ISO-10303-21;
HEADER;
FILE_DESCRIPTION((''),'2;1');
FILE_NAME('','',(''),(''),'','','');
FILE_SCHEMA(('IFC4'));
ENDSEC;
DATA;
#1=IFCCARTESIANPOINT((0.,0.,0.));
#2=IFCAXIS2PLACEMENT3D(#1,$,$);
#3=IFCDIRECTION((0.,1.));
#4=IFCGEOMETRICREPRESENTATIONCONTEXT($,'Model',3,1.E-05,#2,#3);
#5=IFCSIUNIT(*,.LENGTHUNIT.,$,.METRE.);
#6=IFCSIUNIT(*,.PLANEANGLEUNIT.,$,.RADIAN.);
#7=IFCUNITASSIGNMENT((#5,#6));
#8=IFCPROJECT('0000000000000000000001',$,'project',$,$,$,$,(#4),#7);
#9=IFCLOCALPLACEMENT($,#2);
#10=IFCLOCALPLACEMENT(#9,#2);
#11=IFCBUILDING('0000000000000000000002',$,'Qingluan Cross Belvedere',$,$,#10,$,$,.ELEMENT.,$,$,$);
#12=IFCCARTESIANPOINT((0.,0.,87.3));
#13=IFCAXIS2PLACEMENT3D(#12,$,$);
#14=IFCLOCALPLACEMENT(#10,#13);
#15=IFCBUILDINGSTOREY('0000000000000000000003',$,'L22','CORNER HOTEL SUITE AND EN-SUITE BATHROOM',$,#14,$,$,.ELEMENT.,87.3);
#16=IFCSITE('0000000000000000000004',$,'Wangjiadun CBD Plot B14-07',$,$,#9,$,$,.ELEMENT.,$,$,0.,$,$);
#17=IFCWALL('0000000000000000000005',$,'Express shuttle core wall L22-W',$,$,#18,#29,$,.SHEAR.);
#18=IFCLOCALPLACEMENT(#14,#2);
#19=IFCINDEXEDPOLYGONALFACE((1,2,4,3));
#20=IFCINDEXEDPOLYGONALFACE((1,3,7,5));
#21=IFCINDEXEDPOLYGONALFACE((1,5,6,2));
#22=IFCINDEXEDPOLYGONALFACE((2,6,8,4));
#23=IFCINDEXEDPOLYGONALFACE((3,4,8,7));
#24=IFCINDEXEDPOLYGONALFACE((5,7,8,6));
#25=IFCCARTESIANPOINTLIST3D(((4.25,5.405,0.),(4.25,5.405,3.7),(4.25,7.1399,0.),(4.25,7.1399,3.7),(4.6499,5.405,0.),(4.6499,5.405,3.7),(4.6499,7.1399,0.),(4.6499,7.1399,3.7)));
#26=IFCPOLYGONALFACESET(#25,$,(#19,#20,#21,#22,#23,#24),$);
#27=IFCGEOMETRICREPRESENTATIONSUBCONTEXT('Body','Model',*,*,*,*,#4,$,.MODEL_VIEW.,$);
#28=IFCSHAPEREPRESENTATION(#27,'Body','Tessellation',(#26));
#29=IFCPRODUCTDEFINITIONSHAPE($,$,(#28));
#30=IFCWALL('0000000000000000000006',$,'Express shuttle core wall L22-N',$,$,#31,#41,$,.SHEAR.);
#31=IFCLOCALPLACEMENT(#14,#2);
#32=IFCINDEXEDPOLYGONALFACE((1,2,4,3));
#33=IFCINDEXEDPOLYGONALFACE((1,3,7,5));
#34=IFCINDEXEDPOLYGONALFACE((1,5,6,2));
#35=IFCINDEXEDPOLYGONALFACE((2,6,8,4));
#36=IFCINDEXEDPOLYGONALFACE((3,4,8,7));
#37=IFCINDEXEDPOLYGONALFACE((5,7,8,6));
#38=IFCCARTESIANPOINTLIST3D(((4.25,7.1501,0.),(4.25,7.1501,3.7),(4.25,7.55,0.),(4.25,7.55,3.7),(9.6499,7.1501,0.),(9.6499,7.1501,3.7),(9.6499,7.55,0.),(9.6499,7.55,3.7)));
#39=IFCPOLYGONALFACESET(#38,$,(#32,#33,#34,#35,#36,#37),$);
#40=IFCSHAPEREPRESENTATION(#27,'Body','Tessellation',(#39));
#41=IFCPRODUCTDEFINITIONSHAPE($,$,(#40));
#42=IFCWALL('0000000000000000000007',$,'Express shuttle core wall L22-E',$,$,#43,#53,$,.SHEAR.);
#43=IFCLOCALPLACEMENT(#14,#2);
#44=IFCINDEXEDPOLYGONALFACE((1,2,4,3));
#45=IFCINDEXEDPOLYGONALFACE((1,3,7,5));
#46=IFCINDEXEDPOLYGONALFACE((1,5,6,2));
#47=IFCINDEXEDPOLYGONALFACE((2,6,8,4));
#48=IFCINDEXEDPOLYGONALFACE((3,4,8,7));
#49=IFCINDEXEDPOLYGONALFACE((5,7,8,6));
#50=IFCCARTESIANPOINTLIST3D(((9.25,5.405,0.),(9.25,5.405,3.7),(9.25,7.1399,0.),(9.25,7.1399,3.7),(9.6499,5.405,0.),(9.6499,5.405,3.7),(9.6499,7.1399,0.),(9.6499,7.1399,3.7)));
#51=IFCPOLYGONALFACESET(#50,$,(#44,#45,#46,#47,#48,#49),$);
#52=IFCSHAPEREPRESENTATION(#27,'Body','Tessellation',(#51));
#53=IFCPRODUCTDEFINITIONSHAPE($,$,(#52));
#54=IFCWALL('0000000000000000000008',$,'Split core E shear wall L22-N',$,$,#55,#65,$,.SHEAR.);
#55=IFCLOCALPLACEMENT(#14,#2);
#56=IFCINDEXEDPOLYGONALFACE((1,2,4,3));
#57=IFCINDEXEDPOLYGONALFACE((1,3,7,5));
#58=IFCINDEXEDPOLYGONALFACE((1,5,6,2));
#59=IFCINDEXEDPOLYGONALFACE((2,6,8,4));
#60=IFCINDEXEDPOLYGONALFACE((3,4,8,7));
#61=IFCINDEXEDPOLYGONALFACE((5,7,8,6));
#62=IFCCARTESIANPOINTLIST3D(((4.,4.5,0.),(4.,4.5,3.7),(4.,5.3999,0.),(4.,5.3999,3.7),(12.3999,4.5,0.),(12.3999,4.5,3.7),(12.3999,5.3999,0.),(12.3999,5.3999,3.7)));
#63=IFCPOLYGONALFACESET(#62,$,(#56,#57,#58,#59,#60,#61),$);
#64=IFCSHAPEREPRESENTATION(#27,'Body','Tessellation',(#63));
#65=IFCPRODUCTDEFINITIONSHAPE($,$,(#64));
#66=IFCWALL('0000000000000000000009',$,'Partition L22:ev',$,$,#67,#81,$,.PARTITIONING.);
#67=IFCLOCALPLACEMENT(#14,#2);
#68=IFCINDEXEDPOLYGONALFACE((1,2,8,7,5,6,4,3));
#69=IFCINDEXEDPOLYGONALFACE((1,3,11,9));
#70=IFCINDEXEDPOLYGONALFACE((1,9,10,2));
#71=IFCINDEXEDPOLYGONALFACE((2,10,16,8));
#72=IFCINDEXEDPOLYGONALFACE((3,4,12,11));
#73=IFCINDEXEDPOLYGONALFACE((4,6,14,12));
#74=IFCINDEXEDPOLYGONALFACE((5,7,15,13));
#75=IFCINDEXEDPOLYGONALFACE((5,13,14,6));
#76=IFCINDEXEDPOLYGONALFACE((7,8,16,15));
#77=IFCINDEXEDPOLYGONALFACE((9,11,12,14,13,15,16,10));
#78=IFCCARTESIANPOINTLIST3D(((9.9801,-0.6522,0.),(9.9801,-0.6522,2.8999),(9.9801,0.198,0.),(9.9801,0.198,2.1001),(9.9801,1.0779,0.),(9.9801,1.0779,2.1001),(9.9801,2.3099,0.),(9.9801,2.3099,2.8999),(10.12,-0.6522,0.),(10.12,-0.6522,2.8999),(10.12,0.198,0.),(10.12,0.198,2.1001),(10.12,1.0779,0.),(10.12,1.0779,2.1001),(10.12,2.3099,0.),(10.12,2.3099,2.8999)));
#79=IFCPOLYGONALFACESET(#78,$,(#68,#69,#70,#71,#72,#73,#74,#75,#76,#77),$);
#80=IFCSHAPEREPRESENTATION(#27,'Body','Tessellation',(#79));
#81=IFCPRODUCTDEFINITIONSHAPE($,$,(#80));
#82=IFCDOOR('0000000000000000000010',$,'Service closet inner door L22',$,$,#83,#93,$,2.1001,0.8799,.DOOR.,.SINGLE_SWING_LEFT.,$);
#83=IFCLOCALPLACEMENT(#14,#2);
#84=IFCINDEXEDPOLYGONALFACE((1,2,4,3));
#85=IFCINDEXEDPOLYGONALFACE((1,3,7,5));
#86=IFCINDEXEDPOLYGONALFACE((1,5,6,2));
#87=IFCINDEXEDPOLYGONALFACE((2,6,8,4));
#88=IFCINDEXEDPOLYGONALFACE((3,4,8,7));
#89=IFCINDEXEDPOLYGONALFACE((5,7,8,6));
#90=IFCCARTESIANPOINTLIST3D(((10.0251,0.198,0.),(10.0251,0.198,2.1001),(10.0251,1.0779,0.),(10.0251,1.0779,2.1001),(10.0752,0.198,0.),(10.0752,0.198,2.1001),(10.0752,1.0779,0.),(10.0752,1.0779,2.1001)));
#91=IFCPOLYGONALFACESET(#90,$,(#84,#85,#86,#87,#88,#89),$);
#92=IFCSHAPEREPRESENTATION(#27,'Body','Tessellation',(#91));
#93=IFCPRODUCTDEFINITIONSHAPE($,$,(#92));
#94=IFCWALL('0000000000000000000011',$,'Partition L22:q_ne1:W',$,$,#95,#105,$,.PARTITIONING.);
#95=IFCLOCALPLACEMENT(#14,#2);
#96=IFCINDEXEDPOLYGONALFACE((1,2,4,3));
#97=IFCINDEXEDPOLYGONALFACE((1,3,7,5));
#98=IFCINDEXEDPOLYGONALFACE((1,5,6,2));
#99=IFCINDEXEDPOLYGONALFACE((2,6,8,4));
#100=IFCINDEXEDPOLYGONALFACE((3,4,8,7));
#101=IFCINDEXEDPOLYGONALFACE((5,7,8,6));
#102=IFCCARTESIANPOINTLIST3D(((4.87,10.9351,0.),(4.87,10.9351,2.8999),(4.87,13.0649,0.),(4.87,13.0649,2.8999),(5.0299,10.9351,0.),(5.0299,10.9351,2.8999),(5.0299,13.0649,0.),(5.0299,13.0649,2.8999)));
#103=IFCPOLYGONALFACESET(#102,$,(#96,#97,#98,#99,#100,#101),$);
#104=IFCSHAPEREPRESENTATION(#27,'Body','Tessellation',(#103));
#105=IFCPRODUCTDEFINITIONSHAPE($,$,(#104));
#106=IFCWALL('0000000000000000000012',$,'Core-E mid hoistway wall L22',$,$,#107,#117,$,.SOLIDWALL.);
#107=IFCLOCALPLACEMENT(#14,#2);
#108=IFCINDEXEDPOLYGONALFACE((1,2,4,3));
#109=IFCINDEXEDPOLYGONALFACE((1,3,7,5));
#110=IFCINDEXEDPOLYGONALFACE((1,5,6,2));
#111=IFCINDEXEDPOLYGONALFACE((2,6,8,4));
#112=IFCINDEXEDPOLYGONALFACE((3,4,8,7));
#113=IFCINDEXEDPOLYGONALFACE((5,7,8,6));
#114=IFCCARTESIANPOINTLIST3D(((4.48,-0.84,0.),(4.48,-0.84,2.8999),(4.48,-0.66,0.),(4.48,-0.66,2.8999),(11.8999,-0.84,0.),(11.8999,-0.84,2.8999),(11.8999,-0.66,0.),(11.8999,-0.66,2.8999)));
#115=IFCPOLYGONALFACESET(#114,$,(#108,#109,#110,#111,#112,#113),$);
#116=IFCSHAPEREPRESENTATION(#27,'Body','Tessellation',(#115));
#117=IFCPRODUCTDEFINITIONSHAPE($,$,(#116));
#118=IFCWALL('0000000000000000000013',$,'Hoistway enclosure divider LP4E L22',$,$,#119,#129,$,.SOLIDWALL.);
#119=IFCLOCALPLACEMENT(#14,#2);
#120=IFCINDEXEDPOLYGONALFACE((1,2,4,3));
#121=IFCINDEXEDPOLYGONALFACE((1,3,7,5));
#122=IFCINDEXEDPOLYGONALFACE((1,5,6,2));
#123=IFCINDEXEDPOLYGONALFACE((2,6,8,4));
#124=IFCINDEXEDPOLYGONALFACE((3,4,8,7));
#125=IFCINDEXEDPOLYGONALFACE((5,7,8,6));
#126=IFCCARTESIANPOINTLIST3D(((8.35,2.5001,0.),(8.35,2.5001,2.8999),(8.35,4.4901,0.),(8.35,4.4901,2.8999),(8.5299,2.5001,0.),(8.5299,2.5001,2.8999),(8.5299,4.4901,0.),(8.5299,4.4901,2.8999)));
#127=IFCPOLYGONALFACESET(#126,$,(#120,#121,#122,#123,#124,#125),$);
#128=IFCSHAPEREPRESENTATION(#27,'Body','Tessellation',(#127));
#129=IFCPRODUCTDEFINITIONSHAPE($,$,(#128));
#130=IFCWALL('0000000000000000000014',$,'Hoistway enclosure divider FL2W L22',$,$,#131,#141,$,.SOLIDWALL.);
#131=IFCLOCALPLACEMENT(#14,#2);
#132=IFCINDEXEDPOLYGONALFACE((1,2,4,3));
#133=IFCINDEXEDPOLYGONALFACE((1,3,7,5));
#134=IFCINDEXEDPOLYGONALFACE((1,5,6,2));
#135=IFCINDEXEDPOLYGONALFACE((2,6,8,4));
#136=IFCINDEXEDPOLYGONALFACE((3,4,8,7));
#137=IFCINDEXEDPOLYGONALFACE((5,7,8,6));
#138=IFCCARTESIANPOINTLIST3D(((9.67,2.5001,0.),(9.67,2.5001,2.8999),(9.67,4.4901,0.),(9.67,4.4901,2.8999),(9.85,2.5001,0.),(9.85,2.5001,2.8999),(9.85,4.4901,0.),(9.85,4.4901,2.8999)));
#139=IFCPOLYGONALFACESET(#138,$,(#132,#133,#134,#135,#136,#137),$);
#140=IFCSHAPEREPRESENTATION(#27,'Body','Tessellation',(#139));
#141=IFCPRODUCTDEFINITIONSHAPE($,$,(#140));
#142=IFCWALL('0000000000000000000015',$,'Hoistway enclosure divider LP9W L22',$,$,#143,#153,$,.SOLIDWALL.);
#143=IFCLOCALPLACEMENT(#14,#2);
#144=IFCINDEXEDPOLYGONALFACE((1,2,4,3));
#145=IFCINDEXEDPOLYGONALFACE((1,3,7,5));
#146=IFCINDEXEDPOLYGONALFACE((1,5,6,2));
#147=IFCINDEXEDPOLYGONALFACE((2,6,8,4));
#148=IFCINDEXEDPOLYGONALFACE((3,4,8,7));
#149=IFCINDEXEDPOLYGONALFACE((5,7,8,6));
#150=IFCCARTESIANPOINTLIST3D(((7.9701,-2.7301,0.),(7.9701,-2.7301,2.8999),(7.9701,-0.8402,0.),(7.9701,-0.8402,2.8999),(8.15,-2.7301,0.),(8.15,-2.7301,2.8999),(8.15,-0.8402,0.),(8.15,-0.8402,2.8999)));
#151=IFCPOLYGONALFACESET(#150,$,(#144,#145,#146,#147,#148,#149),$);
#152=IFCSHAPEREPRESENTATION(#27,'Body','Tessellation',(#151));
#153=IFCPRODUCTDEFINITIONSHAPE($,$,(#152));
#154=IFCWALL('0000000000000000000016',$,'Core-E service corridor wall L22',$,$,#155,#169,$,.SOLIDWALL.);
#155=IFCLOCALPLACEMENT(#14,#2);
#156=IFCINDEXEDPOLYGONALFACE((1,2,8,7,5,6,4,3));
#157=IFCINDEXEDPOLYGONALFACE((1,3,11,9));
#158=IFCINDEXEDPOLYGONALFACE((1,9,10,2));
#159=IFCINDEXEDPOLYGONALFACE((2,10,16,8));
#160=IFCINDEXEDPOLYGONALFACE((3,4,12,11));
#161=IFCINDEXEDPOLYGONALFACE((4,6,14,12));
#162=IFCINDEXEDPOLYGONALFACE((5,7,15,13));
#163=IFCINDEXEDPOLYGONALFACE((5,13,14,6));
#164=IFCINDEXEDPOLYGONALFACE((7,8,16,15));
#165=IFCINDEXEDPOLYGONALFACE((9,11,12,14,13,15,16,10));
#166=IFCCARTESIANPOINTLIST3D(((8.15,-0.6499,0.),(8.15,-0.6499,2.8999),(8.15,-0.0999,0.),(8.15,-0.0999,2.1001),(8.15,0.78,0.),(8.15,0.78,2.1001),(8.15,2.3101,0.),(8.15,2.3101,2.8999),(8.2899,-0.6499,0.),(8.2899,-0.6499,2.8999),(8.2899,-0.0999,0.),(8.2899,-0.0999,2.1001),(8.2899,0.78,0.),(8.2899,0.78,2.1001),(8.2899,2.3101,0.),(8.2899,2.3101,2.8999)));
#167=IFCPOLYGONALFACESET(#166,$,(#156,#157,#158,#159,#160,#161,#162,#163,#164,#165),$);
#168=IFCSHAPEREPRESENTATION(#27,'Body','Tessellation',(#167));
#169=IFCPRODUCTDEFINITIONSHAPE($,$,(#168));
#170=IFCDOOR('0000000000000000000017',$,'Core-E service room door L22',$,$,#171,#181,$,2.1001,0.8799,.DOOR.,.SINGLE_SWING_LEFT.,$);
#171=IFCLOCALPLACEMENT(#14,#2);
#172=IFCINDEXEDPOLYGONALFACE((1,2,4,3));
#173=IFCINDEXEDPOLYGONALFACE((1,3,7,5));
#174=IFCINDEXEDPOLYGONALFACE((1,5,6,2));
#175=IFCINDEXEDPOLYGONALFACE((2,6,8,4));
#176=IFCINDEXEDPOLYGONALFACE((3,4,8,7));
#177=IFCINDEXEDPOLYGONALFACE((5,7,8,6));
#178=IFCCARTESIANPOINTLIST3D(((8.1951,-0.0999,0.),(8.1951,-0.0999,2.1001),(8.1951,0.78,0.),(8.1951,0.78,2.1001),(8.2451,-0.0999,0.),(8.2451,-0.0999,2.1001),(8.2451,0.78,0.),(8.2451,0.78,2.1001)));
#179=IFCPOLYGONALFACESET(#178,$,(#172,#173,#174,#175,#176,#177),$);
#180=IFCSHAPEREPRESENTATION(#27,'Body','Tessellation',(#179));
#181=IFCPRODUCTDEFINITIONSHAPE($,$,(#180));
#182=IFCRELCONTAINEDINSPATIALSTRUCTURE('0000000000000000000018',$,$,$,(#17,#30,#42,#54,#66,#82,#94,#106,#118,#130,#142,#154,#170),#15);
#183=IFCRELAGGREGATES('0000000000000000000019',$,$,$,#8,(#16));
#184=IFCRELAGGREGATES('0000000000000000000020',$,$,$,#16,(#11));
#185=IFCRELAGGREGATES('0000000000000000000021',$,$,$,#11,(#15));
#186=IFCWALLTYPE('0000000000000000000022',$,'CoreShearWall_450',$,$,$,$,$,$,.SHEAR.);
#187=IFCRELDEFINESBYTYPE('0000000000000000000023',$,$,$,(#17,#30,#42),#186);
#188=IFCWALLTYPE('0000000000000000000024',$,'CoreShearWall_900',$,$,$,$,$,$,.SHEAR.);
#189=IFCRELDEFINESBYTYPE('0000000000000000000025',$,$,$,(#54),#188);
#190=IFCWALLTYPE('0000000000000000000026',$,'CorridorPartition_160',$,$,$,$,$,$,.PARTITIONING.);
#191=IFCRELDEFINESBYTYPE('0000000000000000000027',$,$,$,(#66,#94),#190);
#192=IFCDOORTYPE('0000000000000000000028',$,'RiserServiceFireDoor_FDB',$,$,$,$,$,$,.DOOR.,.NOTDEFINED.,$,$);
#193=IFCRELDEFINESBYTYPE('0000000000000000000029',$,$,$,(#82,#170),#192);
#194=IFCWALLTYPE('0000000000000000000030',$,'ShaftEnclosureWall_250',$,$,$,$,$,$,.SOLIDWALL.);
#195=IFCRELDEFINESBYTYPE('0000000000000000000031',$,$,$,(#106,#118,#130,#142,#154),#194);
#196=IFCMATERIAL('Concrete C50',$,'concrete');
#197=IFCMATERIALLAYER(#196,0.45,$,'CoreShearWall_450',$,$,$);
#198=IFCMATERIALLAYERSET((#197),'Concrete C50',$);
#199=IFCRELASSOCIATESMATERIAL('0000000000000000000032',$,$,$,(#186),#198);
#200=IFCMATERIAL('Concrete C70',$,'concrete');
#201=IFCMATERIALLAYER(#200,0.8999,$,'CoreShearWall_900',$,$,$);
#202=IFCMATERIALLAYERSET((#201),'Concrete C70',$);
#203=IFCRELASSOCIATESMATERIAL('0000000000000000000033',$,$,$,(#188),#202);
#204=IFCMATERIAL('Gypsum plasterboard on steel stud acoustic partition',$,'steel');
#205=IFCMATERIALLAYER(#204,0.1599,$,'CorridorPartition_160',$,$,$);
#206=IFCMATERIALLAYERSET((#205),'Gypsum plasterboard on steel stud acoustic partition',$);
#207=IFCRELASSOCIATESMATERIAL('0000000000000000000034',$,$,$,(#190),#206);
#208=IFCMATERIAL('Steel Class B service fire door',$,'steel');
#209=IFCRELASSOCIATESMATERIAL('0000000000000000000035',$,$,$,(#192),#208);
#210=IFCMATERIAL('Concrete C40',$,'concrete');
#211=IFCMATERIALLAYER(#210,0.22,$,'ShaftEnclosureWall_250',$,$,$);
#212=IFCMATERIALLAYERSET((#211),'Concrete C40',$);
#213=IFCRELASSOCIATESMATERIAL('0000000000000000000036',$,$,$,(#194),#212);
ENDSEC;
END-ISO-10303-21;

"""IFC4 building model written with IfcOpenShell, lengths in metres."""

from ifc_helpers import new_model, si_unit, direction, frame, frame_2d, origin, place, context, subcontext, project, spatial, rectangle, extrude, material, layer, layer_set, type_object, element, fill, save


model = new_model("IFC4")

# Units and contexts
model_context = context("Model", 3, precision=1e-05, world=origin(), true_north=direction((0.0, 1.0)))
body_context = subcontext(model_context, "Body", "Model", "MODEL_VIEW")
ifc_project = project(units=[si_unit("LENGTHUNIT", "METRE"), si_unit("PLANEANGLEUNIT", "RADIAN")], contexts=[model_context])

# Site, building, storey
site_placement = place(None, origin())
site = spatial("IfcSite", under=ifc_project, at=site_placement, Name="Wangjiadun CBD Plot B14-07", CompositionType="ELEMENT", RefElevation=0.0)
building_placement = place(site_placement, origin())
building = spatial("IfcBuilding", under=site, at=building_placement, Name="Qingluan Cross Belvedere", CompositionType="ELEMENT")
storey_placement = place(building_placement, frame((0.0, 0.0, 87.3)))
storey = spatial("IfcBuildingStorey", under=building, at=storey_placement, Name="L22", Description="CORNER HOTEL SUITE AND EN-SUITE BATHROOM", CompositionType="ELEMENT", Elevation=87.3)

# Walls
ifc_material_1 = material(Name="Concrete C50", Category="concrete")
ifc_layer_1 = layer(ifc_material_1, 0.45, Name="CoreShearWall_450")
ifc_layer_set_1 = layer_set([ifc_layer_1], Name="Concrete C50")
wall_type_1 = type_object("IfcWallType", Name="CoreShearWall_450", PredefinedType="SHEAR", material=ifc_layer_set_1)
wall_1_placement = place(storey_placement, frame((4.45, 5.405, 0.0), z_axis=(0.0, 0.0, 1.0), x_axis=(0.0, 1.0, 0.0)))
element("IfcWall", 1, at=wall_1_placement, inside=storey, type_object=wall_type_1, Name="Express shuttle core wall L22-W", PredefinedType="SHEAR", context=body_context, shape_type="SweptSolid", body=[
    extrude(rectangle(XDim=1.7349, YDim=0.3999, at=frame_2d((0.8674, 0.0))), origin(), (0.0, 0.0, 1.0), 3.7),
])
wall_2_placement = place(storey_placement, frame((4.25, 7.3501, 0.0), z_axis=(0.0, 0.0, 1.0), x_axis=(1.0, 0.0, 0.0)))
element("IfcWall", 2, at=wall_2_placement, inside=storey, type_object=wall_type_1, Name="Express shuttle core wall L22-N", PredefinedType="SHEAR", context=body_context, shape_type="SweptSolid", body=[
    extrude(rectangle(XDim=5.3999, YDim=0.3999, at=frame_2d((2.7, 0.0))), origin(), (0.0, 0.0, 1.0), 3.7),
])
wall_3_placement = place(storey_placement, frame((9.45, 5.405, 0.0), z_axis=(0.0, 0.0, 1.0), x_axis=(0.0, 1.0, 0.0)))
element("IfcWall", 3, at=wall_3_placement, inside=storey, type_object=wall_type_1, Name="Express shuttle core wall L22-E", PredefinedType="SHEAR", context=body_context, shape_type="SweptSolid", body=[
    extrude(rectangle(XDim=1.7349, YDim=0.3999, at=frame_2d((0.8674, 0.0))), origin(), (0.0, 0.0, 1.0), 3.7),
])
ifc_material_2 = material(Name="Concrete C70", Category="concrete")
ifc_layer_2 = layer(ifc_material_2, 0.8999, Name="CoreShearWall_900")
ifc_layer_set_2 = layer_set([ifc_layer_2], Name="Concrete C70")
wall_type_2 = type_object("IfcWallType", Name="CoreShearWall_900", PredefinedType="SHEAR", material=ifc_layer_set_2)
wall_4_placement = place(storey_placement, frame((4.0, 4.95, 0.0), z_axis=(0.0, 0.0, 1.0), x_axis=(1.0, 0.0, 0.0)))
element("IfcWall", 4, at=wall_4_placement, inside=storey, type_object=wall_type_2, Name="Split core E shear wall L22-N", PredefinedType="SHEAR", context=body_context, shape_type="SweptSolid", body=[
    extrude(rectangle(XDim=8.3999, YDim=0.8999, at=frame_2d((4.2, 0.0))), origin(), (0.0, 0.0, 1.0), 3.7),
])

# Wall, opening, door
ifc_material_3 = material(Name="Gypsum plasterboard on steel stud acoustic partition", Category="steel")
ifc_layer_3 = layer(ifc_material_3, 0.1599, Name="CorridorPartition_160")
ifc_layer_set_3 = layer_set([ifc_layer_3], Name="Gypsum plasterboard on steel stud acoustic partition")
wall_type_3 = type_object("IfcWallType", Name="CorridorPartition_160", PredefinedType="PARTITIONING", material=ifc_layer_set_3)
wall_5_placement = place(storey_placement, frame((10.05, -0.6521, 0.0), z_axis=(0.0, 0.0, 1.0), x_axis=(0.0, 1.0, 0.0)))
wall_5 = element("IfcWall", 5, at=wall_5_placement, inside=storey, type_object=wall_type_3, Name="Partition L22:ev", PredefinedType="PARTITIONING", context=body_context, shape_type="SweptSolid", body=[
    extrude(rectangle(XDim=2.9622, YDim=0.1399, at=frame_2d((1.481, 0.0))), origin(), (0.0, 0.0, 1.0), 2.8999),
])
opening_1_placement = place(wall_5_placement, frame((0.8501, 0.0, 0.0)))
opening_1 = element("IfcOpeningElement", 6, at=opening_1_placement, cuts=wall_5, PredefinedType="OPENING", context=body_context, shape_type="SweptSolid", body=[
    extrude(rectangle(XDim=0.8799, YDim=2.1001, at=frame_2d((0.4399, 1.05))), frame((0.0, 0.0798, 0.0), z_axis=(0.0, -1.0, 0.0), x_axis=(1.0, 0.0, 0.0)), (0.0, 0.0, 1.0), 0.1599),
])
ifc_material_4 = material(Name="Steel Class B service fire door", Category="steel")
door_type_1 = type_object("IfcDoorType", Name="RiserServiceFireDoor_FDB", OperationType="NOTDEFINED", PredefinedType="DOOR", material=ifc_material_4)
door_1_placement = place(opening_1_placement, origin())
door_1 = element("IfcDoor", 7, at=door_1_placement, inside=storey, type_object=door_type_1, Name="Service closet inner door L22", OperationType="SINGLE_SWING_LEFT", OverallHeight=2.1001, OverallWidth=0.8799, PredefinedType="DOOR", context=body_context, shape_type="SweptSolid", body=[
    extrude(rectangle(XDim=0.8799, YDim=2.1001, at=frame_2d((0.4399, 1.05))), frame((0.0, 0.0249, 0.0), z_axis=(0.0, -1.0, 0.0), x_axis=(1.0, 0.0, 0.0)), (0.0, 0.0, 1.0), 0.05),
])
fill(opening_1, door_1)

# Wall
wall_6_placement = place(storey_placement, frame((4.95, 10.9351, 0.0), z_axis=(0.0, 0.0, 1.0), x_axis=(0.0, 1.0, 0.0)))
element("IfcWall", 8, at=wall_6_placement, inside=storey, type_object=wall_type_3, Name="Partition L22:q_ne1:W", PredefinedType="PARTITIONING", context=body_context, shape_type="SweptSolid", body=[
    extrude(rectangle(XDim=2.1299, YDim=0.1599, at=frame_2d((1.0649, 0.0))), origin(), (0.0, 0.0, 1.0), 2.8999),
])

# Shared definitions
ifc_material_5 = material(Name="Concrete C40", Category="concrete")
ifc_layer_4 = layer(ifc_material_5, 0.22, Name="ShaftEnclosureWall_250")
ifc_layer_set_4 = layer_set([ifc_layer_4], Name="Concrete C40")
wall_type_4 = type_object("IfcWallType", Name="ShaftEnclosureWall_250", PredefinedType="SOLIDWALL", material=ifc_layer_set_4)

# Walls
wall_7_placement = place(storey_placement, frame((4.48, -0.75, 0.0), z_axis=(0.0, 0.0, 1.0), x_axis=(1.0, 0.0, 0.0)))
element("IfcWall", 9, at=wall_7_placement, inside=storey, type_object=wall_type_4, Name="Core-E mid hoistway wall L22", PredefinedType="SOLIDWALL", context=body_context, shape_type="SweptSolid", body=[
    extrude(rectangle(XDim=7.4199, YDim=0.1799, at=frame_2d((3.71, 0.0))), origin(), (0.0, 0.0, 1.0), 2.8999),
])
for number, where, z_axis, x_axis, name in (
    (10, (8.4399, 2.5, 0.0), (0.0, 0.0, 1.0), (0.0, 1.0, 0.0), "Hoistway enclosure divider LP4E L22"),
    (11, (9.76, 2.5, 0.0), (0.0, 0.0, 1.0), (0.0, 1.0, 0.0), "Hoistway enclosure divider FL2W L22"),
):
    element("IfcWall", number, at=place(storey_placement, frame(where, z_axis=z_axis, x_axis=x_axis)), inside=storey, type_object=wall_type_4, Name=name, PredefinedType="SOLIDWALL", context=body_context, shape_type="SweptSolid", body=[
        extrude(rectangle(XDim=1.99, YDim=0.1799, at=frame_2d((0.9951, 0.0))), origin(), (0.0, 0.0, 1.0), 2.8999),
    ])
wall_8_placement = place(storey_placement, frame((8.0601, -2.73, 0.0), z_axis=(0.0, 0.0, 1.0), x_axis=(0.0, 1.0, 0.0)))
element("IfcWall", 12, at=wall_8_placement, inside=storey, type_object=wall_type_4, Name="Hoistway enclosure divider LP9W L22", PredefinedType="SOLIDWALL", context=body_context, shape_type="SweptSolid", body=[
    extrude(rectangle(XDim=1.8899, YDim=0.1799, at=frame_2d((0.9448, 0.0))), origin(), (0.0, 0.0, 1.0), 2.8999),
])

# Wall, opening, door
wall_9_placement = place(storey_placement, frame((8.22, -0.6499, 0.0), z_axis=(0.0, 0.0, 1.0), x_axis=(0.0, 1.0, 0.0)))
wall_9 = element("IfcWall", 13, at=wall_9_placement, inside=storey, type_object=wall_type_4, Name="Core-E service corridor wall L22", PredefinedType="SOLIDWALL", context=body_context, shape_type="SweptSolid", body=[
    extrude(rectangle(XDim=2.96, YDim=0.1399, at=frame_2d((1.48, 0.0))), origin(), (0.0, 0.0, 1.0), 2.8999),
])
opening_2_placement = place(wall_9_placement, frame((0.55, 0.0, 0.0)))
opening_2 = element("IfcOpeningElement", 14, at=opening_2_placement, cuts=wall_9, PredefinedType="OPENING", context=body_context, shape_type="SweptSolid", body=[
    extrude(rectangle(XDim=0.8799, YDim=2.1001, at=frame_2d((0.4399, 1.05))), frame((0.0, 0.0798, 0.0), z_axis=(0.0, -1.0, 0.0), x_axis=(1.0, 0.0, 0.0)), (0.0, 0.0, 1.0), 0.1599),
])
door_2_placement = place(opening_2_placement, origin())
door_2 = element("IfcDoor", 15, at=door_2_placement, inside=storey, type_object=door_type_1, Name="Core-E service room door L22", OperationType="SINGLE_SWING_LEFT", OverallHeight=2.1001, OverallWidth=0.8799, PredefinedType="DOOR", context=body_context, shape_type="SweptSolid", body=[
    extrude(rectangle(XDim=0.8799, YDim=2.1001, at=frame_2d((0.4399, 1.05))), frame((0.0, 0.0249, 0.0), z_axis=(0.0, -1.0, 0.0), x_axis=(1.0, 0.0, 0.0)), (0.0, 0.0, 1.0), 0.05),
])
fill(opening_2, door_2)

save(model, "model.ifc")
